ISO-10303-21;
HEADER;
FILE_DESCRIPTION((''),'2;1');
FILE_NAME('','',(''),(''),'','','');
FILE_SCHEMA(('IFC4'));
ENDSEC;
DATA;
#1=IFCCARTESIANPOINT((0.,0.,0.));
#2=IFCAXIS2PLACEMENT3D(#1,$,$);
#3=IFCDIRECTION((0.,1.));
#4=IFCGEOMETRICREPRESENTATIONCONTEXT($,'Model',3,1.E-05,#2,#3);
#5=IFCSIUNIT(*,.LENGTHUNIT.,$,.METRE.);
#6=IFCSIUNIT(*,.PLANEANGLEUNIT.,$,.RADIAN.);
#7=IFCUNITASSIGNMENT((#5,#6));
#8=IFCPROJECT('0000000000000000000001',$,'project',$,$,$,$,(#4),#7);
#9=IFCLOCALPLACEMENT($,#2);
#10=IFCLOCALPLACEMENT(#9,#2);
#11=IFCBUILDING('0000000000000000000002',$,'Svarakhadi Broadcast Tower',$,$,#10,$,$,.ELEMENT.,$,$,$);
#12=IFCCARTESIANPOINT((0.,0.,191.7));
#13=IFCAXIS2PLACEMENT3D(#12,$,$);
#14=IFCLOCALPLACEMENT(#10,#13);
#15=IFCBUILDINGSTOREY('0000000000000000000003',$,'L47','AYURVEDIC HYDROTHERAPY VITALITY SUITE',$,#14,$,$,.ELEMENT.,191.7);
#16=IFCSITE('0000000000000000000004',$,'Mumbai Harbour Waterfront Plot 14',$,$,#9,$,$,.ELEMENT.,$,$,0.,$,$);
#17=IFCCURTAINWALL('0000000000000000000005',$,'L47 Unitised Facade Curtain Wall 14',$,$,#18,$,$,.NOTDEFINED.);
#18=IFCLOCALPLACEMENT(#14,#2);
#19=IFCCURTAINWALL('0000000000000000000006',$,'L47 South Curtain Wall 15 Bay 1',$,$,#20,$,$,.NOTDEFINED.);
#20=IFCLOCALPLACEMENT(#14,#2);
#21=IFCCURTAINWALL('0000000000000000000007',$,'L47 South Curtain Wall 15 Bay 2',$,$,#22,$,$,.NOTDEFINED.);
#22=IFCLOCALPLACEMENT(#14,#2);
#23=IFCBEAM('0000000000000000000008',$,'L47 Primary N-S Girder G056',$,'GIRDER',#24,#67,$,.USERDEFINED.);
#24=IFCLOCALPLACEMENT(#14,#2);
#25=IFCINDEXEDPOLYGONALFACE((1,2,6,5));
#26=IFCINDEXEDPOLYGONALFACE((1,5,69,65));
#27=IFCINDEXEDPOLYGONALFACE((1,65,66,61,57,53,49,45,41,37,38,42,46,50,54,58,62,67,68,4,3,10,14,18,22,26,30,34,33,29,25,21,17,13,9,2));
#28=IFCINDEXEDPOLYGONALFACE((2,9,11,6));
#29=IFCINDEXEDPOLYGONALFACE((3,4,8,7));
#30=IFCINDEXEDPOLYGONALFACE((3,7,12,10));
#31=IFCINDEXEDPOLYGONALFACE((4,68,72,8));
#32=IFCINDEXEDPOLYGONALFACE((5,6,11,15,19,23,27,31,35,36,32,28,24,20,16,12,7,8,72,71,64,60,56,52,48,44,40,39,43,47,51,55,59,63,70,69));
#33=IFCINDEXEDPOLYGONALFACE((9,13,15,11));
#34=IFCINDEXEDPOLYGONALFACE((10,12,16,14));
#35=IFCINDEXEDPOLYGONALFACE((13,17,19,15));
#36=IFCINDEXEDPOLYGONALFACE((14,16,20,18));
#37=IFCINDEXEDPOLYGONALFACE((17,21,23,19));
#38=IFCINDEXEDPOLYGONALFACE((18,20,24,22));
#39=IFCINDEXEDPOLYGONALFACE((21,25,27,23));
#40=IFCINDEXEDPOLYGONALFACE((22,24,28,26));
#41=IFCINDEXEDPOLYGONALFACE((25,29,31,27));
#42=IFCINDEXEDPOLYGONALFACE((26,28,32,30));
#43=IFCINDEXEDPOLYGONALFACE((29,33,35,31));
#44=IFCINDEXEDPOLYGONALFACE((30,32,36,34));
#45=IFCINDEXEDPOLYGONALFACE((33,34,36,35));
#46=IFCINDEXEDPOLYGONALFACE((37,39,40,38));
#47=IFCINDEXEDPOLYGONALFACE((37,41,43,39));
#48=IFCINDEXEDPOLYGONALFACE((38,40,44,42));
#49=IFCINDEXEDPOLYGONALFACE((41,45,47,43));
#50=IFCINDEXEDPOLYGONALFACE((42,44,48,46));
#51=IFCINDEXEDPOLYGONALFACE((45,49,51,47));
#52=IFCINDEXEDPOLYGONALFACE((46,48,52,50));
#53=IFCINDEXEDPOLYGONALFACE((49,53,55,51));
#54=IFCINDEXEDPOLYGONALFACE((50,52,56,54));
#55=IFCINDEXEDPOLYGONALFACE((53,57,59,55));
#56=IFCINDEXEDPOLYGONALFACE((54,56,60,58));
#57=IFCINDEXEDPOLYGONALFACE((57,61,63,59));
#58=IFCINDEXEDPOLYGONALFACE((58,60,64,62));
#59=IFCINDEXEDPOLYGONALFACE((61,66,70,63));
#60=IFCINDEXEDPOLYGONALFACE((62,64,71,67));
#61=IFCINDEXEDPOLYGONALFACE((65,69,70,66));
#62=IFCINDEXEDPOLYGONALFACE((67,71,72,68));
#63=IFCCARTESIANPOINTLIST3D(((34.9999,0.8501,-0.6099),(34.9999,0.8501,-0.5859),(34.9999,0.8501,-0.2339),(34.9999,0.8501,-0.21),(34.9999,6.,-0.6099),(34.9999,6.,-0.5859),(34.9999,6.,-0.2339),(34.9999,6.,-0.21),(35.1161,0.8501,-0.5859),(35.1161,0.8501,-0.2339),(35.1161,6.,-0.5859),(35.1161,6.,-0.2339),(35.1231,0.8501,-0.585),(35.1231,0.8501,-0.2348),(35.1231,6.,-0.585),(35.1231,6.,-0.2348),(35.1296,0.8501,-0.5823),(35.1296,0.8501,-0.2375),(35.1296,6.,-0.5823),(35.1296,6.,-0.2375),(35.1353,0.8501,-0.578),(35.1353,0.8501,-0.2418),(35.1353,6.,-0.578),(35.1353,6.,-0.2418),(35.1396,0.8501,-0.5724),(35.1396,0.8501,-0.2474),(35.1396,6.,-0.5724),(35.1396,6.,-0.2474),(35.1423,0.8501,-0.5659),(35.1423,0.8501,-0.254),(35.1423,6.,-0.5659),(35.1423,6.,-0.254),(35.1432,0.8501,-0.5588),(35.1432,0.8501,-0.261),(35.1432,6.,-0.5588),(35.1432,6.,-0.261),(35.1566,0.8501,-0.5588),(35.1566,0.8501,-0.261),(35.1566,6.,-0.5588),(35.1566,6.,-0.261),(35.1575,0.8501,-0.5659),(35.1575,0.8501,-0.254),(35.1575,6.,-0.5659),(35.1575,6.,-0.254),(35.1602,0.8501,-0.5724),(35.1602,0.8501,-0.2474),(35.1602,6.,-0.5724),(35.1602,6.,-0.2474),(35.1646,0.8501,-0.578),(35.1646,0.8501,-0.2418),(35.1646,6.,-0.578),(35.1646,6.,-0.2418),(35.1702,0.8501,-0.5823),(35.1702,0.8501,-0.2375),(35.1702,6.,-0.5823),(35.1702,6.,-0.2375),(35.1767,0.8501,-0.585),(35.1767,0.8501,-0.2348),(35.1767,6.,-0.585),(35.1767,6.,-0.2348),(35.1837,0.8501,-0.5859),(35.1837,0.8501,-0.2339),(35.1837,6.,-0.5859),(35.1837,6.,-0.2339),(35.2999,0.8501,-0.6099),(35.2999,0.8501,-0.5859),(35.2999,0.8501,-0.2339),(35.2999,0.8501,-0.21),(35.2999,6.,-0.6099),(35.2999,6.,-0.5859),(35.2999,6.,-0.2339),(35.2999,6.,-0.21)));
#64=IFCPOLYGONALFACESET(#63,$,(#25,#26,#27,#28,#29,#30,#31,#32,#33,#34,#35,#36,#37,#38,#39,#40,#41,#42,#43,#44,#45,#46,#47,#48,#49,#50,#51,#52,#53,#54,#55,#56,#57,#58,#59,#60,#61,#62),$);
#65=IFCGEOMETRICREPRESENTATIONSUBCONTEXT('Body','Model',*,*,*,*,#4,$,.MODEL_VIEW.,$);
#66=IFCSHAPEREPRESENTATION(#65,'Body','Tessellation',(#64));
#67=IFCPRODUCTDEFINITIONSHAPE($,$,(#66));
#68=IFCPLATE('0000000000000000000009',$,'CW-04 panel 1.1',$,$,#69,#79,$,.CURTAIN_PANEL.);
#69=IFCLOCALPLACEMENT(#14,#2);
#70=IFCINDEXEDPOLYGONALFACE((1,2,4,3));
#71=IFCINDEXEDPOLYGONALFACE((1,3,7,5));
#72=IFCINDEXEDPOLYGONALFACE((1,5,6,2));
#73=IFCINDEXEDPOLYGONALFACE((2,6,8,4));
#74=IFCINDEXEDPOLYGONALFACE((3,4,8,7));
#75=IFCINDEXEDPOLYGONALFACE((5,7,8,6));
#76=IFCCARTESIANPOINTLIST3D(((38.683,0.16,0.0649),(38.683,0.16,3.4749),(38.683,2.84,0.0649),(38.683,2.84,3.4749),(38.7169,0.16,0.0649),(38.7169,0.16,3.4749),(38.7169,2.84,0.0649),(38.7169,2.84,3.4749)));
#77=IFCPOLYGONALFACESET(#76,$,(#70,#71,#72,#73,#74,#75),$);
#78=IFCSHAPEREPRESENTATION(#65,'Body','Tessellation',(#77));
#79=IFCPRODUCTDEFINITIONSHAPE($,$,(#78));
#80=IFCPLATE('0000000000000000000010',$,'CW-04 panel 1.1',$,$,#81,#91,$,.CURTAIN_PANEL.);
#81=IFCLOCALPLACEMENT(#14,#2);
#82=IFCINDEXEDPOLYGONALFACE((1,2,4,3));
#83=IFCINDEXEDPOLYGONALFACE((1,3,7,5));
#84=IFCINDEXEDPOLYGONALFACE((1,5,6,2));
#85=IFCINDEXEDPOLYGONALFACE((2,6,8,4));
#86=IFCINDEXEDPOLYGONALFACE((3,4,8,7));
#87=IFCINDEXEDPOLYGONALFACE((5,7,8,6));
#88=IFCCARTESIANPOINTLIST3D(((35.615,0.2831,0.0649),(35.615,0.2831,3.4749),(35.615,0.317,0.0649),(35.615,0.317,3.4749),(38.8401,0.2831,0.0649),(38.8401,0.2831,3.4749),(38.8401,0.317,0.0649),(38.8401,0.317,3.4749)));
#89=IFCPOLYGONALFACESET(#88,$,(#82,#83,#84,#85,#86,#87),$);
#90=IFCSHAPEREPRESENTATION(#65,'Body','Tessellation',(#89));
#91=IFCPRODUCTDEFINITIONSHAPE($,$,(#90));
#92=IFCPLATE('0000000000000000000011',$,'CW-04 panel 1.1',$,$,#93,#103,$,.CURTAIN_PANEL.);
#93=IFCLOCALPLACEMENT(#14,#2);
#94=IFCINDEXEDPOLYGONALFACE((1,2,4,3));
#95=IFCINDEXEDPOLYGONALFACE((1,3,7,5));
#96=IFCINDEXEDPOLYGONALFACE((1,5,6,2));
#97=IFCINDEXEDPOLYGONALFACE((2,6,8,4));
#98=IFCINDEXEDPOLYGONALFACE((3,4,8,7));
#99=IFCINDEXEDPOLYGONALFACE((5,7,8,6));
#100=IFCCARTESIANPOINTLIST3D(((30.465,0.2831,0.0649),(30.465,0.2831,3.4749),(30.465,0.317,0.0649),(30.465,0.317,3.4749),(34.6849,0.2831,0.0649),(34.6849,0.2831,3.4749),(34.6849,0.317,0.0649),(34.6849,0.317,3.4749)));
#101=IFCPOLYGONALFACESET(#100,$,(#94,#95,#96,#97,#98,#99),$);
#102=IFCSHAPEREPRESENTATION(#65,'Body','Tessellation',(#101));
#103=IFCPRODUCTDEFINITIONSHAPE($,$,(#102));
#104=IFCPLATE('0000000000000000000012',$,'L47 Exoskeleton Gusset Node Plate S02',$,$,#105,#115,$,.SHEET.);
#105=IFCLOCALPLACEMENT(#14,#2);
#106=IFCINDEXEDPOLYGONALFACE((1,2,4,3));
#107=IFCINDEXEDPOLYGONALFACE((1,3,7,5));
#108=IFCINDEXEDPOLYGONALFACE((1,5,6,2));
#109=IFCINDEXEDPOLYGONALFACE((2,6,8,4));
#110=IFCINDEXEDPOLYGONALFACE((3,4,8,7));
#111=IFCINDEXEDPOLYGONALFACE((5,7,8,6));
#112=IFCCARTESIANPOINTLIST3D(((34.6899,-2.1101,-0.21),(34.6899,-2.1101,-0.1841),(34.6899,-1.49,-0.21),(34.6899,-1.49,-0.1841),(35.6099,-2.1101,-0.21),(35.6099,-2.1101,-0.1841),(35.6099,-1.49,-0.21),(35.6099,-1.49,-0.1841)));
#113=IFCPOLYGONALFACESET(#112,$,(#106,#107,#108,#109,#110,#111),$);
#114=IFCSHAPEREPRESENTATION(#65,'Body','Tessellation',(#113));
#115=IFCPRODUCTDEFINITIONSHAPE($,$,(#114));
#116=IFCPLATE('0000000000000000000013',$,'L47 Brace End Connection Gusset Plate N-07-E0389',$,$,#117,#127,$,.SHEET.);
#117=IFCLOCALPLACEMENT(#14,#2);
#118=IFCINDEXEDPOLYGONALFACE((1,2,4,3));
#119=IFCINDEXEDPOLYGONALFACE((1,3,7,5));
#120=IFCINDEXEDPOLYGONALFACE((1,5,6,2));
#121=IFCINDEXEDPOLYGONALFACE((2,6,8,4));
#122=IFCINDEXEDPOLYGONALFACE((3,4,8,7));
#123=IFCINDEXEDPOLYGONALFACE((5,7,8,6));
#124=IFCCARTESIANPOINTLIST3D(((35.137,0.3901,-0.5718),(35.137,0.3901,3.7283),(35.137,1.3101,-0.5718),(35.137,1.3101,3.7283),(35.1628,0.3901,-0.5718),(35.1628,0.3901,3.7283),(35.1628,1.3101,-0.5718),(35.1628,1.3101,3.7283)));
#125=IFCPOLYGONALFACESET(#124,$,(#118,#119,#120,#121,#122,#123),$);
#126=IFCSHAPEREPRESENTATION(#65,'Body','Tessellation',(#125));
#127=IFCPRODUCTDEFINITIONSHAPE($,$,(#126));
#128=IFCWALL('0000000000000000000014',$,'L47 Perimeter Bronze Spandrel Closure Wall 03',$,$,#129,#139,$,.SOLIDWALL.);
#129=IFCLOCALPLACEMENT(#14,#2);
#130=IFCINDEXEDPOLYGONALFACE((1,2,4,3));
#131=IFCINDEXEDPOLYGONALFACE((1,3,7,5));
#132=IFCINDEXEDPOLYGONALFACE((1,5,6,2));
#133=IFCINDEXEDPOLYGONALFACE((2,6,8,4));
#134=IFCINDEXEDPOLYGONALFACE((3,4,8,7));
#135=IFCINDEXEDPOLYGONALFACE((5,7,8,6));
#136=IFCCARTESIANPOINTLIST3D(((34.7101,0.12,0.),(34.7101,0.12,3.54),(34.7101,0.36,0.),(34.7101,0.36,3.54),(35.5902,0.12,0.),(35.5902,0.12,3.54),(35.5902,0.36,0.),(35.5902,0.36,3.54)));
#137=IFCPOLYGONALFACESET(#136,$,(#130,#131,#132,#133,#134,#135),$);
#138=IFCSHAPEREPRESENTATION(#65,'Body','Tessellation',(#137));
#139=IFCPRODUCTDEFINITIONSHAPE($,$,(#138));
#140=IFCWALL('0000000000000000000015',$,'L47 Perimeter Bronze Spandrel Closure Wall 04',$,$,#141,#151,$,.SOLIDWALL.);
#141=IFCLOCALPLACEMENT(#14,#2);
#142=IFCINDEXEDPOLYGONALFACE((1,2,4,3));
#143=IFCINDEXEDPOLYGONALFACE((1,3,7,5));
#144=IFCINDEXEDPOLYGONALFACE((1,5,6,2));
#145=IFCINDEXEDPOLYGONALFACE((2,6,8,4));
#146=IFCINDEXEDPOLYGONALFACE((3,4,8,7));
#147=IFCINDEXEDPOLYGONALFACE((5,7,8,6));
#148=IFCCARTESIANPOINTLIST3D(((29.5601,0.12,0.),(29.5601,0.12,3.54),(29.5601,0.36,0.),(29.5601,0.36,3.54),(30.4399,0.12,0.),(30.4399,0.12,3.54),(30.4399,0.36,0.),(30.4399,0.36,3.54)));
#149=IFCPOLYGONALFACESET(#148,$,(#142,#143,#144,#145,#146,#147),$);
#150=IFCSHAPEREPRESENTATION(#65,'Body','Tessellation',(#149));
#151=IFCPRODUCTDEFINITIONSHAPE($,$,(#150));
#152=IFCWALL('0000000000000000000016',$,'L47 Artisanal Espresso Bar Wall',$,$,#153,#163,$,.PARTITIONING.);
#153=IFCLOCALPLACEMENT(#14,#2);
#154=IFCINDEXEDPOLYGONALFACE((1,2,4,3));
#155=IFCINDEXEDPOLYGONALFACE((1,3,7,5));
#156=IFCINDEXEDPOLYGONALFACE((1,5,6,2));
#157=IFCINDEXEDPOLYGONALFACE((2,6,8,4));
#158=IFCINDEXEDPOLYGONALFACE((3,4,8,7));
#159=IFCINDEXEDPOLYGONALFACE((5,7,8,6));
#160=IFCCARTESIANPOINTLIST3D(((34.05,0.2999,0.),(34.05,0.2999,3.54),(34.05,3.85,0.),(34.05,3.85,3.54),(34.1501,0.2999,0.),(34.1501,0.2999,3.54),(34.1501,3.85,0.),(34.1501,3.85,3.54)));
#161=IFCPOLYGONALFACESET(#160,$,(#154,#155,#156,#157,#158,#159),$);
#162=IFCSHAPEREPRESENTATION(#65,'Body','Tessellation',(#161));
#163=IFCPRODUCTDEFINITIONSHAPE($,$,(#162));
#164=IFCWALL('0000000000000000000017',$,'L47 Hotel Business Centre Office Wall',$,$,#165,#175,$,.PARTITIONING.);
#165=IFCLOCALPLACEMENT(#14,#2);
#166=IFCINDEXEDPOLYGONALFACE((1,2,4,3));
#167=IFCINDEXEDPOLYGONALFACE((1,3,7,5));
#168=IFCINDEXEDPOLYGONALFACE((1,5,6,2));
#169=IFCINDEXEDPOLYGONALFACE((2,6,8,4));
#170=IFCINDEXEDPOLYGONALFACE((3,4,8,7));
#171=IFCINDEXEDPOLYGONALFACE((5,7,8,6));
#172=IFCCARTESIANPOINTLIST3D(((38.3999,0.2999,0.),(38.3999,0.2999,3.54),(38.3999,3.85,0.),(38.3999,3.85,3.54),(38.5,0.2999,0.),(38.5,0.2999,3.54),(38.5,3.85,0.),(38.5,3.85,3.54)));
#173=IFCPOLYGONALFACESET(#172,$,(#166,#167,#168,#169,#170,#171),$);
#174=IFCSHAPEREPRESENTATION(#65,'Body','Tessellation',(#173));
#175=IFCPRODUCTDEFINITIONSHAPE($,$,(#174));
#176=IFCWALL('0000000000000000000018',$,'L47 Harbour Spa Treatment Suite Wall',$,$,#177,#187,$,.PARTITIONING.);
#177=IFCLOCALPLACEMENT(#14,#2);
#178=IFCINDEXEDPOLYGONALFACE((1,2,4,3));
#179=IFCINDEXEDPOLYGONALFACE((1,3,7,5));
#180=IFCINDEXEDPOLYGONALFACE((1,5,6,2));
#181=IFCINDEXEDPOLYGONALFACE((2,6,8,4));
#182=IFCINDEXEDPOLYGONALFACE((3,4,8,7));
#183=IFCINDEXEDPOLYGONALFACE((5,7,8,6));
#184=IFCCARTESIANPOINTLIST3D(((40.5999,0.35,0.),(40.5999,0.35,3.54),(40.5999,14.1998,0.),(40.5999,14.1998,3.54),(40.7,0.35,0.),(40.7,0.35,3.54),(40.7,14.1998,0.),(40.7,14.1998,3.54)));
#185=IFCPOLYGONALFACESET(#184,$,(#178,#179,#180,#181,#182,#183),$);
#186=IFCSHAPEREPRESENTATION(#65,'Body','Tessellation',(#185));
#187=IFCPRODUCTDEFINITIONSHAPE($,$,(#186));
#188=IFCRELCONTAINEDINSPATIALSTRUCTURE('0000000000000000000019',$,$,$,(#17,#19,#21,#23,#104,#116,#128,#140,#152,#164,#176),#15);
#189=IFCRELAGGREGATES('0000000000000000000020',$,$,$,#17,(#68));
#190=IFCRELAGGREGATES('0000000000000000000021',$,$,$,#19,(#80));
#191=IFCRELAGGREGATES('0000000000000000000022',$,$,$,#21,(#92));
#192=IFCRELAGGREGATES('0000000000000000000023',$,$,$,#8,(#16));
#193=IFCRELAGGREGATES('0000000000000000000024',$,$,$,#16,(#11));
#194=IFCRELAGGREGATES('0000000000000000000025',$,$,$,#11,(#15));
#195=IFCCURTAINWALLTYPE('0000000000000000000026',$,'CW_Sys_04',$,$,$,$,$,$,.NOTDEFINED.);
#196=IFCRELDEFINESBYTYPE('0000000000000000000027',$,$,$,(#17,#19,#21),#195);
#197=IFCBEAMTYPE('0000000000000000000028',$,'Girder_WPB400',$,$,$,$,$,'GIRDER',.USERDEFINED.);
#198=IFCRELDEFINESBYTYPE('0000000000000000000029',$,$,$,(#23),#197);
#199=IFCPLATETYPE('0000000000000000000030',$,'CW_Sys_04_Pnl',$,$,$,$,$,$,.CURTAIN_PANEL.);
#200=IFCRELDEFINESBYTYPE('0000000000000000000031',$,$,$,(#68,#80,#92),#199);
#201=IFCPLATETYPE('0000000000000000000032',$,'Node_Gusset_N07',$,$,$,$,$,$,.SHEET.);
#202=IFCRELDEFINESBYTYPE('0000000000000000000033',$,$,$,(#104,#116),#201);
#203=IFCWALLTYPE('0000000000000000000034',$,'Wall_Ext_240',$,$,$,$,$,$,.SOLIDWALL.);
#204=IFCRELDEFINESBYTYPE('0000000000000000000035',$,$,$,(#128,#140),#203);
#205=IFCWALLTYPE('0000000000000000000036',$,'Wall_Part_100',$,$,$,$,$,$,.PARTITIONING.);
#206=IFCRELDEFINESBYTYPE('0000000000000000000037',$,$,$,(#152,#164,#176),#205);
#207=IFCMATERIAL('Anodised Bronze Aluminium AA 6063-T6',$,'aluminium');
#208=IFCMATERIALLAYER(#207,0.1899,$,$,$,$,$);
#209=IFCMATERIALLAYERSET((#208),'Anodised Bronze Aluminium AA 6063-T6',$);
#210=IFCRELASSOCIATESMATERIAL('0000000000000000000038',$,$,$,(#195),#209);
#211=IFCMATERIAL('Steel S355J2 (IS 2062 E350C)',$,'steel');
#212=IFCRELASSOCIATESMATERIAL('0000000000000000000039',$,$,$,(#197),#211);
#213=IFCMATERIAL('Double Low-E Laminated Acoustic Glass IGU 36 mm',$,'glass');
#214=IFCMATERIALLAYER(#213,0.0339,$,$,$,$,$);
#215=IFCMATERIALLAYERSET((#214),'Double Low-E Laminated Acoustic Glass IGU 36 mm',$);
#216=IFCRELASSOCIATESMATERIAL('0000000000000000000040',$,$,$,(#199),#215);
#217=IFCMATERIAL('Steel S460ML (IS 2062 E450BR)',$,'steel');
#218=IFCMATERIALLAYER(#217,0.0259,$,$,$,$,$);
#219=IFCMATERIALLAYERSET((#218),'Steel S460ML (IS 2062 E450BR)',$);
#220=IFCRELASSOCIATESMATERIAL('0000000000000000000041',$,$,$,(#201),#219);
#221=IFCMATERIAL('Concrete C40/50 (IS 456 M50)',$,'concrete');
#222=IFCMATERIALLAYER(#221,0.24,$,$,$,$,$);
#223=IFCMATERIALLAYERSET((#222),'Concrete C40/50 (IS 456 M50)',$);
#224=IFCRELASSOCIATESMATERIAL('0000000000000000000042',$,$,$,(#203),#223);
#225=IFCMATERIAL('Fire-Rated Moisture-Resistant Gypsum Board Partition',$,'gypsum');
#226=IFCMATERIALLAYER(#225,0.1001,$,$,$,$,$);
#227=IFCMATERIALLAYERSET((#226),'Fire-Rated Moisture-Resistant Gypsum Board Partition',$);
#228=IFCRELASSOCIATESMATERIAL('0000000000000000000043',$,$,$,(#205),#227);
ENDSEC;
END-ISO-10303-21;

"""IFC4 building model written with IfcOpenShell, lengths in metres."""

from ifc_helpers import new_model, si_unit, direction, frame, frame_2d, origin, origin_2d, place, context, subcontext, project, spatial, rectangle, i_section, extrude, material, layer, layer_set, material_profile, profile_set, type_object, element, aggregate, save


model = new_model("IFC4")

# Units and contexts
model_context = context("Model", 3, precision=1e-05, world=origin(), true_north=direction((0.0, 1.0)))
body_context = subcontext(model_context, "Body", "Model", "MODEL_VIEW")
ifc_project = project(units=[si_unit("LENGTHUNIT", "METRE"), si_unit("PLANEANGLEUNIT", "RADIAN")], contexts=[model_context])

# Site, building, storey
site_placement = place(None, origin())
site = spatial("IfcSite", under=ifc_project, at=site_placement, Name="Mumbai Harbour Waterfront Plot 14", CompositionType="ELEMENT", RefElevation=0.0)
building_placement = place(site_placement, origin())
building = spatial("IfcBuilding", under=site, at=building_placement, Name="Svarakhadi Broadcast Tower", CompositionType="ELEMENT")
storey_placement = place(building_placement, frame((0.0, 0.0, 191.7)))
storey = spatial("IfcBuildingStorey", under=building, at=storey_placement, Name="L47", Description="AYURVEDIC HYDROTHERAPY VITALITY SUITE", CompositionType="ELEMENT", Elevation=191.7)

# Shared definitions
ifc_material_1 = material(Name="Anodised Bronze Aluminium AA 6063-T6", Category="aluminium")
ifc_layer_1 = layer(ifc_material_1, 0.1899)
ifc_layer_set_1 = layer_set([ifc_layer_1], Name="Anodised Bronze Aluminium AA 6063-T6")
curtain_wall_type = type_object("IfcCurtainWallType", Name="CW_Sys_04", PredefinedType="NOTDEFINED", material=ifc_layer_set_1)

# Curtain walls
curtain_wall_1_placement = place(storey_placement, origin())
curtain_wall_1 = element("IfcCurtainWall", 1, at=curtain_wall_1_placement, inside=storey, type_object=curtain_wall_type, Name="L47 Unitised Facade Curtain Wall 14", PredefinedType="NOTDEFINED")
curtain_wall_2_placement = place(storey_placement, origin())
curtain_wall_2 = element("IfcCurtainWall", 2, at=curtain_wall_2_placement, inside=storey, type_object=curtain_wall_type, Name="L47 South Curtain Wall 15 Bay 1", PredefinedType="NOTDEFINED")

# Curtain wall
curtain_wall_3_placement = place(storey_placement, origin())
curtain_wall_3 = element("IfcCurtainWall", 3, at=curtain_wall_3_placement, inside=storey, type_object=curtain_wall_type, Name="L47 South Curtain Wall 15 Bay 2", PredefinedType="NOTDEFINED")

# Shared definitions
ifc_material_2 = material(Name="Steel S460ML (IS 2062 E450BR)", Category="steel")

# Beam
ifc_material_3 = material(Name="Steel S355J2 (IS 2062 E350C)", Category="steel")
ifc_material_profile_1 = material_profile(ifc_material_3, i_section(OverallWidth=0.3, OverallDepth=0.3999, WebThickness=0.0134, FlangeThickness=0.0239, FilletRadius=0.0271, at=origin_2d()), Name="WPB 400x300x155")
ifc_profile_set_1 = profile_set([ifc_material_profile_1], Name="Steel S355J2 (IS 2062 E350C)")
beam_type = type_object("IfcBeamType", Name="Girder_WPB400", ElementType="GIRDER", PredefinedType="USERDEFINED", material=ifc_profile_set_1)
beam_placement = place(storey_placement, frame((35.1499, 0.8501, -0.4099), z_axis=(0.0, 1.0, 0.0), x_axis=(-1.0, 0.0, 0.0)))
element("IfcBeam", 4, at=beam_placement, inside=storey, type_object=beam_type, Name="L47 Primary N-S Girder G056", ObjectType="GIRDER", PredefinedType="USERDEFINED", context=body_context, shape_type="SweptSolid", body=[
    extrude(i_section(OverallWidth=0.3, OverallDepth=0.3999, WebThickness=0.0134, FlangeThickness=0.0239, FilletRadius=0.0271, at=origin_2d()), origin(), (0.0, 0.0, 1.0), 5.1499),
])

# Plates
ifc_material_4 = material(Name="Double Low-E Laminated Acoustic Glass IGU 36 mm", Category="glass")
ifc_layer_2 = layer(ifc_material_4, 0.0339)
ifc_layer_set_2 = layer_set([ifc_layer_2], Name="Double Low-E Laminated Acoustic Glass IGU 36 mm")
plate_type_1 = type_object("IfcPlateType", Name="CW_Sys_04_Pnl", PredefinedType="CURTAIN_PANEL", material=ifc_layer_set_2)
plate_1_placement = place(storey_placement, frame((38.7, 1.5, 0.0649), z_axis=(0.0, 0.0, 1.0), x_axis=(0.0, -1.0, 0.0)))
plate_1 = element("IfcPlate", 5, at=plate_1_placement, type_object=plate_type_1, Name="CW-04 panel 1.1", PredefinedType="CURTAIN_PANEL", context=body_context, shape_type="SweptSolid", body=[
    extrude(rectangle(XDim=2.6799, YDim=0.0339, at=origin_2d()), origin(), (0.0, 0.0, 1.0), 3.4099),
])
aggregate(curtain_wall_1, [plate_1])
plate_2_placement = place(storey_placement, frame((37.2275, 0.3, 0.0649), z_axis=(0.0, 0.0, 1.0), x_axis=(-1.0, 0.0, 0.0)))
plate_2 = element("IfcPlate", 6, at=plate_2_placement, type_object=plate_type_1, Name="CW-04 panel 1.1", PredefinedType="CURTAIN_PANEL", context=body_context, shape_type="SweptSolid", body=[
    extrude(rectangle(XDim=3.2251, YDim=0.0339, at=origin_2d()), origin(), (0.0, 0.0, 1.0), 3.4099),
])
aggregate(curtain_wall_2, [plate_2])
plate_3_placement = place(storey_placement, frame((32.575, 0.3, 0.0649), z_axis=(0.0, 0.0, 1.0), x_axis=(-1.0, 0.0, 0.0)))
plate_3 = element("IfcPlate", 7, at=plate_3_placement, type_object=plate_type_1, Name="CW-04 panel 1.1", PredefinedType="CURTAIN_PANEL", context=body_context, shape_type="SweptSolid", body=[
    extrude(rectangle(XDim=4.22, YDim=0.0339, at=origin_2d()), origin(), (0.0, 0.0, 1.0), 3.4099),
])
aggregate(curtain_wall_3, [plate_3])

# Plates
ifc_layer_3 = layer(ifc_material_2, 0.0259)
ifc_layer_set_3 = layer_set([ifc_layer_3], Name="Steel S460ML (IS 2062 E450BR)")
plate_type_2 = type_object("IfcPlateType", Name="Node_Gusset_N07", PredefinedType="SHEET", material=ifc_layer_set_3)
plate_4_placement = place(storey_placement, frame((35.1499, -1.8, -0.21), z_axis=(0.0, 0.0, 1.0), x_axis=(1.0, 0.0, 0.0)))
element("IfcPlate", 8, at=plate_4_placement, inside=storey, type_object=plate_type_2, Name="L47 Exoskeleton Gusset Node Plate S02", PredefinedType="SHEET", context=body_context, shape_type="SweptSolid", body=[
    extrude(rectangle(XDim=0.9199, YDim=0.6201, at=origin_2d()), origin(), (0.0, 0.0, 1.0), 0.0259),
])
plate_5_placement = place(storey_placement, frame((35.1499, 0.8501, -0.5718), z_axis=(0.0, 0.0, 1.0), x_axis=(0.0, 1.0, 0.0)))
element("IfcPlate", 9, at=plate_5_placement, inside=storey, type_object=plate_type_2, Name="L47 Brace End Connection Gusset Plate N-07-E0389", PredefinedType="SHEET", context=body_context, shape_type="SweptSolid", body=[
    extrude(rectangle(XDim=0.9199, YDim=0.0259, at=origin_2d()), origin(), (0.0, 0.0, 1.0), 4.3),
])

# Walls
ifc_material_5 = material(Name="Concrete C40/50 (IS 456 M50)", Category="concrete")
ifc_layer_4 = layer(ifc_material_5, 0.24)
ifc_layer_set_4 = layer_set([ifc_layer_4], Name="Concrete C40/50 (IS 456 M50)")
wall_type_1 = type_object("IfcWallType", Name="Wall_Ext_240", PredefinedType="SOLIDWALL", material=ifc_layer_set_4)
wall_1_placement = place(storey_placement, frame((35.5901, 0.24, 0.0), z_axis=(0.0, 0.0, 1.0), x_axis=(-1.0, 0.0, 0.0)))
element("IfcWall", 10, at=wall_1_placement, inside=storey, type_object=wall_type_1, Name="L47 Perimeter Bronze Spandrel Closure Wall 03", PredefinedType="SOLIDWALL", context=body_context, shape_type="SweptSolid", body=[
    extrude(rectangle(XDim=0.8801, YDim=0.24, at=frame_2d((0.4399, 0.0))), origin(), (0.0, 0.0, 1.0), 3.54),
])
wall_2_placement = place(storey_placement, frame((30.4399, 0.24, 0.0), z_axis=(0.0, 0.0, 1.0), x_axis=(-1.0, 0.0, 0.0)))
element("IfcWall", 11, at=wall_2_placement, inside=storey, type_object=wall_type_1, Name="L47 Perimeter Bronze Spandrel Closure Wall 04", PredefinedType="SOLIDWALL", context=body_context, shape_type="SweptSolid", body=[
    extrude(rectangle(XDim=0.8799, YDim=0.24, at=frame_2d((0.4399, 0.0))), origin(), (0.0, 0.0, 1.0), 3.54),
])
ifc_material_6 = material(Name="Fire-Rated Moisture-Resistant Gypsum Board Partition", Category="gypsum")
ifc_layer_5 = layer(ifc_material_6, 0.1001)
ifc_layer_set_5 = layer_set([ifc_layer_5], Name="Fire-Rated Moisture-Resistant Gypsum Board Partition")
wall_type_2 = type_object("IfcWallType", Name="Wall_Part_100", PredefinedType="PARTITIONING", material=ifc_layer_set_5)
for number, where, z_axis, x_axis, name in (
    (12, (34.1001, 0.3, 0.0), (0.0, 0.0, 1.0), (0.0, 1.0, 0.0), "L47 Artisanal Espresso Bar Wall"),
    (13, (38.45, 0.3, 0.0), (0.0, 0.0, 1.0), (0.0, 1.0, 0.0), "L47 Hotel Business Centre Office Wall"),
):
    element("IfcWall", number, at=place(storey_placement, frame(where, z_axis=z_axis, x_axis=x_axis)), inside=storey, type_object=wall_type_2, Name=name, PredefinedType="PARTITIONING", context=body_context, shape_type="SweptSolid", body=[
        extrude(rectangle(XDim=3.55, YDim=0.1001, at=frame_2d((1.7749, 0.0))), origin(), (0.0, 0.0, 1.0), 3.54),
    ])
wall_3_placement = place(storey_placement, frame((40.6499, 0.3501, 0.0), z_axis=(0.0, 0.0, 1.0), x_axis=(0.0, 1.0, 0.0)))
element("IfcWall", 14, at=wall_3_placement, inside=storey, type_object=wall_type_2, Name="L47 Harbour Spa Treatment Suite Wall", PredefinedType="PARTITIONING", context=body_context, shape_type="SweptSolid", body=[
    extrude(rectangle(XDim=13.8499, YDim=0.1001, at=frame_2d((6.9248, 0.0))), origin(), (0.0, 0.0, 1.0), 3.54),
])

save(model, "model.ifc")
